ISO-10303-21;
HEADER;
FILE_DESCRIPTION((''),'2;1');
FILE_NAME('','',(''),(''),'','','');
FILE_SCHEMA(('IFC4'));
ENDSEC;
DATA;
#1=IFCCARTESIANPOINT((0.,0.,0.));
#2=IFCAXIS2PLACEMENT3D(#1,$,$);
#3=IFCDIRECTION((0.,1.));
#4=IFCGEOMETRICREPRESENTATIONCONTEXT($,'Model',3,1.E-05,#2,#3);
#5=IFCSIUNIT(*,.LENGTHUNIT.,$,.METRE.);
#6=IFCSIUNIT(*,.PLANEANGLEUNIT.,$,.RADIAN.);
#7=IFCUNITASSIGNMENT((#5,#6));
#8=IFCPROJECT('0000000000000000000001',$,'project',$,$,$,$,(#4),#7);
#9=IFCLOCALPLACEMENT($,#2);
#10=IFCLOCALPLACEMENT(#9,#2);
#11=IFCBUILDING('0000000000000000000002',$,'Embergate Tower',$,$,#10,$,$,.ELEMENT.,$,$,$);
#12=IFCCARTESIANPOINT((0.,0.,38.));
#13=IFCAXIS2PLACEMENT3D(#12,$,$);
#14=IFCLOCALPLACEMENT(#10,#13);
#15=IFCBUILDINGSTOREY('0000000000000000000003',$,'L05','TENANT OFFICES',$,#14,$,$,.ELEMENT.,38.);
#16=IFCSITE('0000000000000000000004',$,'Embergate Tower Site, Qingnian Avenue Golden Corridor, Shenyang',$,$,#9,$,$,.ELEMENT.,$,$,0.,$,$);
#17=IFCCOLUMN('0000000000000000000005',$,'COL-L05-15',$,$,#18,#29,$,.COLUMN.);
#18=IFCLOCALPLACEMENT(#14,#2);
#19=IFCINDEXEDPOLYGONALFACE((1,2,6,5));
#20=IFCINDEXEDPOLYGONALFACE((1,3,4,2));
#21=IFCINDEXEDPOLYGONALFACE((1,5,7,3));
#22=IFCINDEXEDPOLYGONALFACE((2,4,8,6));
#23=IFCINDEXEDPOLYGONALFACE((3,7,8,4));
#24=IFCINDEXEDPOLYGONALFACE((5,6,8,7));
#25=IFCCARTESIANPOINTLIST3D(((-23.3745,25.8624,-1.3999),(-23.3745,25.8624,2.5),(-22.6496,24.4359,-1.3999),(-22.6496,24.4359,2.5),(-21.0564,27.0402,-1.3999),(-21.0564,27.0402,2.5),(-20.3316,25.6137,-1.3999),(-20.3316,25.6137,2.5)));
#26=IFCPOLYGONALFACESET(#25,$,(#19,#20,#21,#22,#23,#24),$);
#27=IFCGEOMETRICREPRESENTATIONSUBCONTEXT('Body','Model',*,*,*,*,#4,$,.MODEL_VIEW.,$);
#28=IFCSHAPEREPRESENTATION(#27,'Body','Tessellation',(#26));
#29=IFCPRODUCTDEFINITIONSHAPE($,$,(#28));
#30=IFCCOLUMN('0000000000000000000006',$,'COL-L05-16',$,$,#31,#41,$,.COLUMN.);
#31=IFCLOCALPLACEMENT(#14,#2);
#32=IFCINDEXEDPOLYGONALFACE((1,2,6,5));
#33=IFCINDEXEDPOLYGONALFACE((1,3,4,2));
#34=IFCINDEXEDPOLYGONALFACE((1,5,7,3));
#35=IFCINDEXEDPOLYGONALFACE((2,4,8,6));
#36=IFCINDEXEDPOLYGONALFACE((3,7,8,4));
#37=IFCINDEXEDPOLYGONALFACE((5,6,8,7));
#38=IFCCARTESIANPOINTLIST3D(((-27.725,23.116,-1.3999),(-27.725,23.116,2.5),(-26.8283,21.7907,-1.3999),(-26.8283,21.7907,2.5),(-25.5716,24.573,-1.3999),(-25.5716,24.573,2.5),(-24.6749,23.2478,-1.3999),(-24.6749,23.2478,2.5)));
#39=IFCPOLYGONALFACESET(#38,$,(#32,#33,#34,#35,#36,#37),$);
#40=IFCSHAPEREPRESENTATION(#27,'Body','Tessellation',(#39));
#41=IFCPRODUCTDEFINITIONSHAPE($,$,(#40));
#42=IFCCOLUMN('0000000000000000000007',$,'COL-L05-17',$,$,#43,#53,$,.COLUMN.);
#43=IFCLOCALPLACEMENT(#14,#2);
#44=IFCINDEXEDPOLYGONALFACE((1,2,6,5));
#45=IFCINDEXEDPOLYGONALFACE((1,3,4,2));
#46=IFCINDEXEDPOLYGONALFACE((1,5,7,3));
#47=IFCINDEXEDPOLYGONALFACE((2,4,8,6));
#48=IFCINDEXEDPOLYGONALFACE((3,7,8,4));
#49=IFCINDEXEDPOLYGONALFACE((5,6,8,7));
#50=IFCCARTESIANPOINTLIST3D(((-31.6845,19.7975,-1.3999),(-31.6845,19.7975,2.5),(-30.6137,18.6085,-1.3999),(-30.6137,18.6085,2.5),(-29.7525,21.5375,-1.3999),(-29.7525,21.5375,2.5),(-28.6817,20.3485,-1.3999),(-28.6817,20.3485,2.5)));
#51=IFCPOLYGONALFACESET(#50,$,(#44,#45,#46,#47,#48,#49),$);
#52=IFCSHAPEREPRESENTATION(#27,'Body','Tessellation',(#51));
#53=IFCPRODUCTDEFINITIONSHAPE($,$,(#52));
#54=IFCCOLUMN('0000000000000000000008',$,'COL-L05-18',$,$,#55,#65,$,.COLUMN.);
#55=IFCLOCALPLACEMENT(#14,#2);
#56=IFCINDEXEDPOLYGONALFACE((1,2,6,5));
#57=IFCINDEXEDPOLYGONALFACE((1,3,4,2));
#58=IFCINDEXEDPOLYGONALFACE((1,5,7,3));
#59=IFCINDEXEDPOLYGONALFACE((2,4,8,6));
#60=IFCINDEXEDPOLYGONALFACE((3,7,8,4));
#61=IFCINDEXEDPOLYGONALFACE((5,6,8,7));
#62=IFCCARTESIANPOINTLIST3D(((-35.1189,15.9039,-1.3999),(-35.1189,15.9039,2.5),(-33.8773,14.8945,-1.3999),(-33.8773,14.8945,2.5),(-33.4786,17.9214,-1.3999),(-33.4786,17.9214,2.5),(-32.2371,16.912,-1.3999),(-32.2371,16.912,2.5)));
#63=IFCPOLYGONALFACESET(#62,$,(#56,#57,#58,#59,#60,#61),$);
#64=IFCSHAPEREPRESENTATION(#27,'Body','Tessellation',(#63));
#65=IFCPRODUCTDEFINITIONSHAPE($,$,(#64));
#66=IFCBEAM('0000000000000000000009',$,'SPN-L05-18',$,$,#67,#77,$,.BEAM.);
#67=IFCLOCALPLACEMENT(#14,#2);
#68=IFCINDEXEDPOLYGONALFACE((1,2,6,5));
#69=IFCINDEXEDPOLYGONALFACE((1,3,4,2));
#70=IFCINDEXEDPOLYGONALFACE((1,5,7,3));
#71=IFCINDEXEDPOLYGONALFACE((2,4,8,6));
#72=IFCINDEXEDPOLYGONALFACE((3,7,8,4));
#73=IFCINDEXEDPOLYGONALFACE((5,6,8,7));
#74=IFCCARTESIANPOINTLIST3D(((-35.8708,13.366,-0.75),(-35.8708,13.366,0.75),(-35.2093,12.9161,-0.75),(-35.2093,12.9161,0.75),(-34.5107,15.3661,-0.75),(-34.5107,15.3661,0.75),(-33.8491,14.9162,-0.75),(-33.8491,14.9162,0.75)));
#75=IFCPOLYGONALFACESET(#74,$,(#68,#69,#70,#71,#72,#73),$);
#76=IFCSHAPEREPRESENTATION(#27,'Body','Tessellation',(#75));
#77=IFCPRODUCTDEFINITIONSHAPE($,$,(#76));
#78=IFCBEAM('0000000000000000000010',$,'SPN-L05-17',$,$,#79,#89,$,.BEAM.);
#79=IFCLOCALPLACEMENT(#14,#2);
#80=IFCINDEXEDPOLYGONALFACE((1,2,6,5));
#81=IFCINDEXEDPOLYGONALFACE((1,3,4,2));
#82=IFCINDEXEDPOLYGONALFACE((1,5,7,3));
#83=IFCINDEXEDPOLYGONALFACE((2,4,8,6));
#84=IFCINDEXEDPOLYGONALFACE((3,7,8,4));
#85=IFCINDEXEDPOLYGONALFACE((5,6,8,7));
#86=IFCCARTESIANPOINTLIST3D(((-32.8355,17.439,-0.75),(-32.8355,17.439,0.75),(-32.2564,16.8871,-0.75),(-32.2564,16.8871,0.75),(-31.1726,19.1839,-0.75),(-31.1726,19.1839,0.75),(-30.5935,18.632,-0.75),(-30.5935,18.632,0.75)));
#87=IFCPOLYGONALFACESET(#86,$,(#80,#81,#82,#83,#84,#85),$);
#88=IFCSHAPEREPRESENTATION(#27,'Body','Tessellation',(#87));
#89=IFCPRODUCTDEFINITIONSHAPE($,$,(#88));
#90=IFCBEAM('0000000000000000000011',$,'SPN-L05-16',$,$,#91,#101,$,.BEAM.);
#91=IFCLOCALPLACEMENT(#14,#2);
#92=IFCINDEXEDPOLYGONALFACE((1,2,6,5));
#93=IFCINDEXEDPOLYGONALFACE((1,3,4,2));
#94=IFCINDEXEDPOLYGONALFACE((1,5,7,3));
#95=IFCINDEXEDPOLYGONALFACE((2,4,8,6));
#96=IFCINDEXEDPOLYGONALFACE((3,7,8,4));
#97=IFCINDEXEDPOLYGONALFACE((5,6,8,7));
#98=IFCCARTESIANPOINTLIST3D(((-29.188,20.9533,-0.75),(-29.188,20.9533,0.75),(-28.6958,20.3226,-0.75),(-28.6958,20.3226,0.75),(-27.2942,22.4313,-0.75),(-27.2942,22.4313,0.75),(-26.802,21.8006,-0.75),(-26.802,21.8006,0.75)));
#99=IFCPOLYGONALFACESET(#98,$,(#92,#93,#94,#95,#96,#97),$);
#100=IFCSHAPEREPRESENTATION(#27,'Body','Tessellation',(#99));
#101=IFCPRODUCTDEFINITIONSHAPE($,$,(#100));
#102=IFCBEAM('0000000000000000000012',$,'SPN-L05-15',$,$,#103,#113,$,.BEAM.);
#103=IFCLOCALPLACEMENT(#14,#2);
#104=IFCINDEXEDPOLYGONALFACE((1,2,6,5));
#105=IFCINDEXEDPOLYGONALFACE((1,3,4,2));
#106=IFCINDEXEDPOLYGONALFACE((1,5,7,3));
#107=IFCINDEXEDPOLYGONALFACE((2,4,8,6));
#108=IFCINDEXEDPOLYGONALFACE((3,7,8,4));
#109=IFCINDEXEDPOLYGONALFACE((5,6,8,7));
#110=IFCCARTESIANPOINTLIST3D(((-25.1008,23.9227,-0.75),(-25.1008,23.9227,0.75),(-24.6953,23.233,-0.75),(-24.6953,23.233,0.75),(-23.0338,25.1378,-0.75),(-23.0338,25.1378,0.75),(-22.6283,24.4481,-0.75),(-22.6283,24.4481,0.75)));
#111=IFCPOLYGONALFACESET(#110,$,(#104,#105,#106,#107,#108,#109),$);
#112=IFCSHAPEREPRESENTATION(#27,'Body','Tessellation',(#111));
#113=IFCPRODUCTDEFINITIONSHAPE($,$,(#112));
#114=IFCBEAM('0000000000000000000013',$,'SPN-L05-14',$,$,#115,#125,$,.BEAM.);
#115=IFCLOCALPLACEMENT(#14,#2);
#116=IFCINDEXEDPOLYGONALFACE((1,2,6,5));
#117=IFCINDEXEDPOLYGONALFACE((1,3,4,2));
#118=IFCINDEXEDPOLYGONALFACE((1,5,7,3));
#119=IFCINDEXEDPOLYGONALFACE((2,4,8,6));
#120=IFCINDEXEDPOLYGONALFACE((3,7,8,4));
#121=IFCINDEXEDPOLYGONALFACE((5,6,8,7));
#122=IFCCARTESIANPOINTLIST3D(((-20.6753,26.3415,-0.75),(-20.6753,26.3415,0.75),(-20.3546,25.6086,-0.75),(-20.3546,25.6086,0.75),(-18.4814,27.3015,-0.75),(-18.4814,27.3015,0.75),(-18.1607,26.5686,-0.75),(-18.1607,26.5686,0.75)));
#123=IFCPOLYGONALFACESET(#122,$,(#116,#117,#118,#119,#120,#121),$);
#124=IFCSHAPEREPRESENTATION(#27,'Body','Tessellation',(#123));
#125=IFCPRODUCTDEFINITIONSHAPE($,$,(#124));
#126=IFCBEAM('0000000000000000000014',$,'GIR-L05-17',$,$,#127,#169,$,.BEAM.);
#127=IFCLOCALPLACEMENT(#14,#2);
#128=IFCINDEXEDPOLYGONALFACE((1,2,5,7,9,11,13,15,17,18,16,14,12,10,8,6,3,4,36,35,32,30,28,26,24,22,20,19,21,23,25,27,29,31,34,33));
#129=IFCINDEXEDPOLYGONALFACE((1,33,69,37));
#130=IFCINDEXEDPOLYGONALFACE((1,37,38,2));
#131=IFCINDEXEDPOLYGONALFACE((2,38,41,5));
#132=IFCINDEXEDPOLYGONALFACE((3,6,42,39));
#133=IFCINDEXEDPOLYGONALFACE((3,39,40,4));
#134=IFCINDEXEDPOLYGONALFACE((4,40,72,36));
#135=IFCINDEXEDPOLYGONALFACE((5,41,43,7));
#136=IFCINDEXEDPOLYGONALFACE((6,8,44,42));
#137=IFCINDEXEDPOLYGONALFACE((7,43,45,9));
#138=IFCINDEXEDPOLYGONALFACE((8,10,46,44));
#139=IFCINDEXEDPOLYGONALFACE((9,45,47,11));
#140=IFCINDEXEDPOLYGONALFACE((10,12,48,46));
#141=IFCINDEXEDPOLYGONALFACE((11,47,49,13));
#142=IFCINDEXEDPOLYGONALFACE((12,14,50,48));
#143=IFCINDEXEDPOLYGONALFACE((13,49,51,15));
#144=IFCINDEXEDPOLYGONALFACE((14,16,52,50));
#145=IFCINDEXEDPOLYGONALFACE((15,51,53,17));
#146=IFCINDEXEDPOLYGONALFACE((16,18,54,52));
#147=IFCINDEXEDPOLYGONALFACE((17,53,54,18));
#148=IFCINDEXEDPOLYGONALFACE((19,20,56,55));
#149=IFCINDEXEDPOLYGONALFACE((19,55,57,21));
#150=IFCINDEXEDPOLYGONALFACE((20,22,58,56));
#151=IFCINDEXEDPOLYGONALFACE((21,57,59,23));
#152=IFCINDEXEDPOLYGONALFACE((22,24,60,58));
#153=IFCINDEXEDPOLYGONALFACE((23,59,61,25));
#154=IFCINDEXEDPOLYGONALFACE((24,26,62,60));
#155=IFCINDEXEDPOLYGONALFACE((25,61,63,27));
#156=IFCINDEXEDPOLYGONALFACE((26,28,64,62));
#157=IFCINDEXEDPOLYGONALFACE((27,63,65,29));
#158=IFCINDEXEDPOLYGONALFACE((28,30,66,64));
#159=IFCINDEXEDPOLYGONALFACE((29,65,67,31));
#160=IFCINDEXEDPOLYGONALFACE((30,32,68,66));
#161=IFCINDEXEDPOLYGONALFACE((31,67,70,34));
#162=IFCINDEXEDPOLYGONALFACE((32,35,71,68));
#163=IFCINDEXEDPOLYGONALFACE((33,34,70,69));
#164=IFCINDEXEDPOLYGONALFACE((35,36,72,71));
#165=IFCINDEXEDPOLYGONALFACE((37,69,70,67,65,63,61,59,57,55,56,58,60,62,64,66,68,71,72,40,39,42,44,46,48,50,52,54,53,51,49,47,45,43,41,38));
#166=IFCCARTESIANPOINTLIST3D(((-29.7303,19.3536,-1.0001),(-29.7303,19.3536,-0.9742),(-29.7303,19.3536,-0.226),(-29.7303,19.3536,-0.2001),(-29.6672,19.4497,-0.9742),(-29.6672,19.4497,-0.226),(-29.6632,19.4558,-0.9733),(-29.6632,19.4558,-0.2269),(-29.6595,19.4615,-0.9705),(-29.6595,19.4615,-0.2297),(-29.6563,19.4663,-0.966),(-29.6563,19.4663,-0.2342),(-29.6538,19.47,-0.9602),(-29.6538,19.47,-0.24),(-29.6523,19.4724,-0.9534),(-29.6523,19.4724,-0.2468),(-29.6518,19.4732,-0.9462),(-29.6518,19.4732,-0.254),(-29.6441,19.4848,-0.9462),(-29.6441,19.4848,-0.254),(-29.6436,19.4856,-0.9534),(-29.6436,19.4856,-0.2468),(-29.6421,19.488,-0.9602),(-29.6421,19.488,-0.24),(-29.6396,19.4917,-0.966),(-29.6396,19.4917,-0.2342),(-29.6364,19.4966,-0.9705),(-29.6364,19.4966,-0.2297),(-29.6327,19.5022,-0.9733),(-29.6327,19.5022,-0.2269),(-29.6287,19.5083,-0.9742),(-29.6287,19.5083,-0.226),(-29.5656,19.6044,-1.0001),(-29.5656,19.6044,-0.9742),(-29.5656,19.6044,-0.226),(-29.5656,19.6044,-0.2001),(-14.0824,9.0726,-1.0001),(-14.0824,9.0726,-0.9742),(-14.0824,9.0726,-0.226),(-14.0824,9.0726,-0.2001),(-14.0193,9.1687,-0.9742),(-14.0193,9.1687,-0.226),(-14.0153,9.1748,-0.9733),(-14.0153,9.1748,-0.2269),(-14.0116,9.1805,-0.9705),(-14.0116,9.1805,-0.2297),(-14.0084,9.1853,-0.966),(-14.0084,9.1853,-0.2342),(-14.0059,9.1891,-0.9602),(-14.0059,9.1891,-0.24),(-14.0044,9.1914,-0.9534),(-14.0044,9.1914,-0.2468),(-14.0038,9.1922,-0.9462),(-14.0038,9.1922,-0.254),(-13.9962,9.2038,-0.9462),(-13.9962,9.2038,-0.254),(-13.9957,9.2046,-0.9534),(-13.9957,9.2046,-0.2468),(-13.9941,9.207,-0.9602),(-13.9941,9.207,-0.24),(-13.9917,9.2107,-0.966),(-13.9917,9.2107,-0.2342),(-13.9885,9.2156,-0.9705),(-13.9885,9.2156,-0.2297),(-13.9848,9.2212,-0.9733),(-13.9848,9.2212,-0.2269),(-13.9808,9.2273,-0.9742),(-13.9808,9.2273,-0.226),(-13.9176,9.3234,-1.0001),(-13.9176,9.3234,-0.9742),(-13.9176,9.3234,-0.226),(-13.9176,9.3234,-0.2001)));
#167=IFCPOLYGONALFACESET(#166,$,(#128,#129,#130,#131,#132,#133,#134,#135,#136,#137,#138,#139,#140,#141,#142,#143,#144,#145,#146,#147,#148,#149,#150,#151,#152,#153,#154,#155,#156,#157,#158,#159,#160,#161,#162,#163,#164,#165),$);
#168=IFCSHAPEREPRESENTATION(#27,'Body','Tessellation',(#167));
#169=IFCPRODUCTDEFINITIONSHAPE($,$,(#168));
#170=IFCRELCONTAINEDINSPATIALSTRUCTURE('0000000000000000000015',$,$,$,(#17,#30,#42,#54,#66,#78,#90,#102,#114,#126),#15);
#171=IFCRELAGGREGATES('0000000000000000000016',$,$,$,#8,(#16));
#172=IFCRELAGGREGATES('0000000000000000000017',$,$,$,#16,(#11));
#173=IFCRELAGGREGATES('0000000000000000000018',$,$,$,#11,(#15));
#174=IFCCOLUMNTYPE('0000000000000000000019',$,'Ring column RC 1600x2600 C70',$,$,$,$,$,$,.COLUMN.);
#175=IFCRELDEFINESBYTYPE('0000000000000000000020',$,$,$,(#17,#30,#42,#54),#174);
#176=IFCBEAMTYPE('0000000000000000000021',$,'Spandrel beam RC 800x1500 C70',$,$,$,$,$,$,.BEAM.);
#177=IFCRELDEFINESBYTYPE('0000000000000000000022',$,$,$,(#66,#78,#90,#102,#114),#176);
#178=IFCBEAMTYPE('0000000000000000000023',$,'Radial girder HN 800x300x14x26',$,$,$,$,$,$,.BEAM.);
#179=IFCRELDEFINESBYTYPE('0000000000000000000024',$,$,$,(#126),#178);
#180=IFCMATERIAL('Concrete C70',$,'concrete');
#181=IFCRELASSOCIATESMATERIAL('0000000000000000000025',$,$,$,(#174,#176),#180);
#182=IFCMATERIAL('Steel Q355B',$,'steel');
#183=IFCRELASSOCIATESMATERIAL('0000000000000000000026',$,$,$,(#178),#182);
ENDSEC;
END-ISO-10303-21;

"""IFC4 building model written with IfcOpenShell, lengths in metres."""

from ifc_helpers import new_model, si_unit, direction, frame, origin, origin_2d, place, context, subcontext, project, spatial, rectangle, i_section, extrude, source, transform, mapped, material, material_profile, profile_set, type_object, element, save


model = new_model("IFC4")

# Units and contexts
model_context = context("Model", 3, precision=1e-05, world=origin(), true_north=direction((0.0, 1.0)))
body_context = subcontext(model_context, "Body", "Model", "MODEL_VIEW")
ifc_project = project(units=[si_unit("LENGTHUNIT", "METRE"), si_unit("PLANEANGLEUNIT", "RADIAN")], contexts=[model_context])

# Site, building, storey
site_placement = place(None, origin())
site = spatial("IfcSite", under=ifc_project, at=site_placement, Name="Embergate Tower Site, Qingnian Avenue Golden Corridor, Shenyang", CompositionType="ELEMENT", RefElevation=0.0)
building_placement = place(site_placement, origin())
building = spatial("IfcBuilding", under=site, at=building_placement, Name="Embergate Tower", CompositionType="ELEMENT")
storey_placement = place(building_placement, frame((0.0, 0.0, 38.0)))
storey = spatial("IfcBuildingStorey", under=building, at=storey_placement, Name="L05", Description="TENANT OFFICES", CompositionType="ELEMENT", Elevation=38.0)

# Columns
ifc_material_1 = material(Name="Concrete C70", Category="concrete")
ifc_material_profile_1 = material_profile(ifc_material_1, rectangle(XDim=1.6001, YDim=2.6001, at=origin_2d()), Name="RC 1600x2600")
ifc_profile_set_1 = profile_set([ifc_material_profile_1], Name="Concrete C70")
column_type = type_object("IfcColumnType", Name="Ring column RC 1600x2600 C70", PredefinedType="COLUMN", material=ifc_profile_set_1)
shared_shape_1 = source(origin(), body_context, "Body", "SweptSolid", [
    extrude(rectangle(XDim=1.6001, YDim=2.6001, at=origin_2d()), origin(), (0.0, 0.0, 1.0), 3.8999),
])
for number, where, z_axis, x_axis, name in (
    (1, (-21.853, 25.738, -1.3999), (0.0, 0.0, 1.0), (-0.452995, 0.891513, 0.0), "COL-L05-15"),
    (2, (-26.2, 23.1819, -1.3999), (0.0, 0.0, 1.0), (-0.560393, 0.828227, 0.0), "COL-L05-16"),
    (3, (-30.1831, 20.073, -1.3999), (0.0, 0.0, 1.0), (-0.669208, 0.743075, 0.0), "COL-L05-17"),
    (4, (-33.678, 16.408, -1.3999), (0.0, 0.0, 1.0), (-0.775914, 0.630838, 0.0), "COL-L05-18"),
):
    element("IfcColumn", number, at=place(storey_placement, frame(where, z_axis=z_axis, x_axis=x_axis)), inside=storey, type_object=column_type, Name=name, PredefinedType="COLUMN", context=body_context, shape_type="MappedRepresentation", body=[
        mapped(shared_shape_1, transform((0.0, 0.0, 0.0))),
    ])

# Beams
ifc_material_profile_2 = material_profile(ifc_material_1, rectangle(XDim=0.8, YDim=1.5, at=origin_2d()), Name="RC 800x1500")
ifc_profile_set_2 = profile_set([ifc_material_profile_2], Name="Concrete C70")
beam_type_1 = type_object("IfcBeamType", Name="Spandrel beam RC 800x1500 C70", PredefinedType="BEAM", material=ifc_profile_set_2)
shared_shape_2 = source(origin(), body_context, "Body", "SweptSolid", [
    extrude(rectangle(XDim=0.8, YDim=1.5, at=origin_2d()), origin(), (0.0, 0.0, 1.0), 2.4187),
])
beam_1_placement = place(storey_placement, frame((-34.1799, 15.1411, 0.0), z_axis=(-0.56234, -0.826906, 0.0), x_axis=(0.826906, -0.56234, 0.0)))
element("IfcBeam", 5, at=beam_1_placement, inside=storey, type_object=beam_type_1, Name="SPN-L05-18", PredefinedType="BEAM", context=body_context, shape_type="MappedRepresentation", body=[
    mapped(shared_shape_2, transform((0.0, 0.0, 0.0))),
])
shared_shape_3 = source(origin(), body_context, "Body", "SweptSolid", [
    extrude(rectangle(XDim=0.8, YDim=1.5, at=origin_2d()), origin(), (0.0, 0.0, 1.0), 2.4104),
])
beam_2_placement = place(storey_placement, frame((-30.8831, 18.908, 0.0), z_axis=(-0.689885, -0.723919, 0.0), x_axis=(0.723919, -0.689885, 0.0)))
element("IfcBeam", 6, at=beam_2_placement, inside=storey, type_object=beam_type_1, Name="SPN-L05-17", PredefinedType="BEAM", context=body_context, shape_type="MappedRepresentation", body=[
    mapped(shared_shape_3, transform((0.0, 0.0, 0.0))),
])
shared_shape_4 = source(origin(), body_context, "Body", "SweptSolid", [
    extrude(rectangle(XDim=0.8, YDim=1.5, at=origin_2d()), origin(), (0.0, 0.0, 1.0), 2.4023),
])
beam_3_placement = place(storey_placement, frame((-27.0481, 22.116, 0.0), z_axis=(-0.788328, -0.615255, 0.0), x_axis=(0.615255, -0.788328, 0.0)))
element("IfcBeam", 7, at=beam_3_placement, inside=storey, type_object=beam_type_1, Name="SPN-L05-16", PredefinedType="BEAM", context=body_context, shape_type="MappedRepresentation", body=[
    mapped(shared_shape_4, transform((0.0, 0.0, 0.0))),
])
shared_shape_5 = source(origin(), body_context, "Body", "SweptSolid", [
    extrude(rectangle(XDim=0.8, YDim=1.5, at=origin_2d()), origin(), (0.0, 0.0, 1.0), 2.3977),
])
beam_4_placement = place(storey_placement, frame((-22.8311, 24.793, 0.0), z_axis=(-0.862068, -0.506793, 0.0), x_axis=(0.506793, -0.862068, 0.0)))
element("IfcBeam", 8, at=beam_4_placement, inside=storey, type_object=beam_type_1, Name="SPN-L05-15", PredefinedType="BEAM", context=body_context, shape_type="MappedRepresentation", body=[
    mapped(shared_shape_5, transform((0.0, 0.0, 0.0))),
])
shared_shape_6 = source(origin(), body_context, "Body", "SweptSolid", [
    extrude(rectangle(XDim=0.8, YDim=1.5, at=origin_2d()), origin(), (0.0, 0.0, 1.0), 2.3948),
])
beam_5_placement = place(storey_placement, frame((-18.321, 26.9351, 0.0), z_axis=(-0.916134, -0.400872, 0.0), x_axis=(0.400872, -0.916134, 0.0)))
element("IfcBeam", 9, at=beam_5_placement, inside=storey, type_object=beam_type_1, Name="SPN-L05-14", PredefinedType="BEAM", context=body_context, shape_type="MappedRepresentation", body=[
    mapped(shared_shape_6, transform((0.0, 0.0, 0.0))),
])
ifc_material_2 = material(Name="Steel Q355B", Category="steel")
ifc_material_profile_3 = material_profile(ifc_material_2, i_section(OverallWidth=0.3, OverallDepth=0.8, WebThickness=0.0139, FlangeThickness=0.0259, FilletRadius=0.0281, at=origin_2d()), Name="HN 800x300x14x26")
ifc_profile_set_3 = profile_set([ifc_material_profile_3], Name="Steel Q355 grade B")
beam_type_2 = type_object("IfcBeamType", Name="Radial girder HN 800x300x14x26", PredefinedType="BEAM", material=ifc_profile_set_3)
shared_shape_7 = source(origin(), body_context, "Body", "SweptSolid", [
    extrude(i_section(OverallWidth=0.3, OverallDepth=0.8, WebThickness=0.0139, FlangeThickness=0.0259, FilletRadius=0.0281, at=origin_2d()), origin(), (0.0, 0.0, 1.0), 18.7231),
])
beam_6_placement = place(storey_placement, frame((-29.6479, 19.479, -0.6001), z_axis=(0.835753, -0.549106, 0.0), x_axis=(0.549106, 0.835753, 0.0)))
element("IfcBeam", 10, at=beam_6_placement, inside=storey, type_object=beam_type_2, Name="GIR-L05-17", PredefinedType="BEAM", context=body_context, shape_type="MappedRepresentation", body=[
    mapped(shared_shape_7, transform((0.0, 0.0, 0.0))),
])

save(model, "model.ifc")
